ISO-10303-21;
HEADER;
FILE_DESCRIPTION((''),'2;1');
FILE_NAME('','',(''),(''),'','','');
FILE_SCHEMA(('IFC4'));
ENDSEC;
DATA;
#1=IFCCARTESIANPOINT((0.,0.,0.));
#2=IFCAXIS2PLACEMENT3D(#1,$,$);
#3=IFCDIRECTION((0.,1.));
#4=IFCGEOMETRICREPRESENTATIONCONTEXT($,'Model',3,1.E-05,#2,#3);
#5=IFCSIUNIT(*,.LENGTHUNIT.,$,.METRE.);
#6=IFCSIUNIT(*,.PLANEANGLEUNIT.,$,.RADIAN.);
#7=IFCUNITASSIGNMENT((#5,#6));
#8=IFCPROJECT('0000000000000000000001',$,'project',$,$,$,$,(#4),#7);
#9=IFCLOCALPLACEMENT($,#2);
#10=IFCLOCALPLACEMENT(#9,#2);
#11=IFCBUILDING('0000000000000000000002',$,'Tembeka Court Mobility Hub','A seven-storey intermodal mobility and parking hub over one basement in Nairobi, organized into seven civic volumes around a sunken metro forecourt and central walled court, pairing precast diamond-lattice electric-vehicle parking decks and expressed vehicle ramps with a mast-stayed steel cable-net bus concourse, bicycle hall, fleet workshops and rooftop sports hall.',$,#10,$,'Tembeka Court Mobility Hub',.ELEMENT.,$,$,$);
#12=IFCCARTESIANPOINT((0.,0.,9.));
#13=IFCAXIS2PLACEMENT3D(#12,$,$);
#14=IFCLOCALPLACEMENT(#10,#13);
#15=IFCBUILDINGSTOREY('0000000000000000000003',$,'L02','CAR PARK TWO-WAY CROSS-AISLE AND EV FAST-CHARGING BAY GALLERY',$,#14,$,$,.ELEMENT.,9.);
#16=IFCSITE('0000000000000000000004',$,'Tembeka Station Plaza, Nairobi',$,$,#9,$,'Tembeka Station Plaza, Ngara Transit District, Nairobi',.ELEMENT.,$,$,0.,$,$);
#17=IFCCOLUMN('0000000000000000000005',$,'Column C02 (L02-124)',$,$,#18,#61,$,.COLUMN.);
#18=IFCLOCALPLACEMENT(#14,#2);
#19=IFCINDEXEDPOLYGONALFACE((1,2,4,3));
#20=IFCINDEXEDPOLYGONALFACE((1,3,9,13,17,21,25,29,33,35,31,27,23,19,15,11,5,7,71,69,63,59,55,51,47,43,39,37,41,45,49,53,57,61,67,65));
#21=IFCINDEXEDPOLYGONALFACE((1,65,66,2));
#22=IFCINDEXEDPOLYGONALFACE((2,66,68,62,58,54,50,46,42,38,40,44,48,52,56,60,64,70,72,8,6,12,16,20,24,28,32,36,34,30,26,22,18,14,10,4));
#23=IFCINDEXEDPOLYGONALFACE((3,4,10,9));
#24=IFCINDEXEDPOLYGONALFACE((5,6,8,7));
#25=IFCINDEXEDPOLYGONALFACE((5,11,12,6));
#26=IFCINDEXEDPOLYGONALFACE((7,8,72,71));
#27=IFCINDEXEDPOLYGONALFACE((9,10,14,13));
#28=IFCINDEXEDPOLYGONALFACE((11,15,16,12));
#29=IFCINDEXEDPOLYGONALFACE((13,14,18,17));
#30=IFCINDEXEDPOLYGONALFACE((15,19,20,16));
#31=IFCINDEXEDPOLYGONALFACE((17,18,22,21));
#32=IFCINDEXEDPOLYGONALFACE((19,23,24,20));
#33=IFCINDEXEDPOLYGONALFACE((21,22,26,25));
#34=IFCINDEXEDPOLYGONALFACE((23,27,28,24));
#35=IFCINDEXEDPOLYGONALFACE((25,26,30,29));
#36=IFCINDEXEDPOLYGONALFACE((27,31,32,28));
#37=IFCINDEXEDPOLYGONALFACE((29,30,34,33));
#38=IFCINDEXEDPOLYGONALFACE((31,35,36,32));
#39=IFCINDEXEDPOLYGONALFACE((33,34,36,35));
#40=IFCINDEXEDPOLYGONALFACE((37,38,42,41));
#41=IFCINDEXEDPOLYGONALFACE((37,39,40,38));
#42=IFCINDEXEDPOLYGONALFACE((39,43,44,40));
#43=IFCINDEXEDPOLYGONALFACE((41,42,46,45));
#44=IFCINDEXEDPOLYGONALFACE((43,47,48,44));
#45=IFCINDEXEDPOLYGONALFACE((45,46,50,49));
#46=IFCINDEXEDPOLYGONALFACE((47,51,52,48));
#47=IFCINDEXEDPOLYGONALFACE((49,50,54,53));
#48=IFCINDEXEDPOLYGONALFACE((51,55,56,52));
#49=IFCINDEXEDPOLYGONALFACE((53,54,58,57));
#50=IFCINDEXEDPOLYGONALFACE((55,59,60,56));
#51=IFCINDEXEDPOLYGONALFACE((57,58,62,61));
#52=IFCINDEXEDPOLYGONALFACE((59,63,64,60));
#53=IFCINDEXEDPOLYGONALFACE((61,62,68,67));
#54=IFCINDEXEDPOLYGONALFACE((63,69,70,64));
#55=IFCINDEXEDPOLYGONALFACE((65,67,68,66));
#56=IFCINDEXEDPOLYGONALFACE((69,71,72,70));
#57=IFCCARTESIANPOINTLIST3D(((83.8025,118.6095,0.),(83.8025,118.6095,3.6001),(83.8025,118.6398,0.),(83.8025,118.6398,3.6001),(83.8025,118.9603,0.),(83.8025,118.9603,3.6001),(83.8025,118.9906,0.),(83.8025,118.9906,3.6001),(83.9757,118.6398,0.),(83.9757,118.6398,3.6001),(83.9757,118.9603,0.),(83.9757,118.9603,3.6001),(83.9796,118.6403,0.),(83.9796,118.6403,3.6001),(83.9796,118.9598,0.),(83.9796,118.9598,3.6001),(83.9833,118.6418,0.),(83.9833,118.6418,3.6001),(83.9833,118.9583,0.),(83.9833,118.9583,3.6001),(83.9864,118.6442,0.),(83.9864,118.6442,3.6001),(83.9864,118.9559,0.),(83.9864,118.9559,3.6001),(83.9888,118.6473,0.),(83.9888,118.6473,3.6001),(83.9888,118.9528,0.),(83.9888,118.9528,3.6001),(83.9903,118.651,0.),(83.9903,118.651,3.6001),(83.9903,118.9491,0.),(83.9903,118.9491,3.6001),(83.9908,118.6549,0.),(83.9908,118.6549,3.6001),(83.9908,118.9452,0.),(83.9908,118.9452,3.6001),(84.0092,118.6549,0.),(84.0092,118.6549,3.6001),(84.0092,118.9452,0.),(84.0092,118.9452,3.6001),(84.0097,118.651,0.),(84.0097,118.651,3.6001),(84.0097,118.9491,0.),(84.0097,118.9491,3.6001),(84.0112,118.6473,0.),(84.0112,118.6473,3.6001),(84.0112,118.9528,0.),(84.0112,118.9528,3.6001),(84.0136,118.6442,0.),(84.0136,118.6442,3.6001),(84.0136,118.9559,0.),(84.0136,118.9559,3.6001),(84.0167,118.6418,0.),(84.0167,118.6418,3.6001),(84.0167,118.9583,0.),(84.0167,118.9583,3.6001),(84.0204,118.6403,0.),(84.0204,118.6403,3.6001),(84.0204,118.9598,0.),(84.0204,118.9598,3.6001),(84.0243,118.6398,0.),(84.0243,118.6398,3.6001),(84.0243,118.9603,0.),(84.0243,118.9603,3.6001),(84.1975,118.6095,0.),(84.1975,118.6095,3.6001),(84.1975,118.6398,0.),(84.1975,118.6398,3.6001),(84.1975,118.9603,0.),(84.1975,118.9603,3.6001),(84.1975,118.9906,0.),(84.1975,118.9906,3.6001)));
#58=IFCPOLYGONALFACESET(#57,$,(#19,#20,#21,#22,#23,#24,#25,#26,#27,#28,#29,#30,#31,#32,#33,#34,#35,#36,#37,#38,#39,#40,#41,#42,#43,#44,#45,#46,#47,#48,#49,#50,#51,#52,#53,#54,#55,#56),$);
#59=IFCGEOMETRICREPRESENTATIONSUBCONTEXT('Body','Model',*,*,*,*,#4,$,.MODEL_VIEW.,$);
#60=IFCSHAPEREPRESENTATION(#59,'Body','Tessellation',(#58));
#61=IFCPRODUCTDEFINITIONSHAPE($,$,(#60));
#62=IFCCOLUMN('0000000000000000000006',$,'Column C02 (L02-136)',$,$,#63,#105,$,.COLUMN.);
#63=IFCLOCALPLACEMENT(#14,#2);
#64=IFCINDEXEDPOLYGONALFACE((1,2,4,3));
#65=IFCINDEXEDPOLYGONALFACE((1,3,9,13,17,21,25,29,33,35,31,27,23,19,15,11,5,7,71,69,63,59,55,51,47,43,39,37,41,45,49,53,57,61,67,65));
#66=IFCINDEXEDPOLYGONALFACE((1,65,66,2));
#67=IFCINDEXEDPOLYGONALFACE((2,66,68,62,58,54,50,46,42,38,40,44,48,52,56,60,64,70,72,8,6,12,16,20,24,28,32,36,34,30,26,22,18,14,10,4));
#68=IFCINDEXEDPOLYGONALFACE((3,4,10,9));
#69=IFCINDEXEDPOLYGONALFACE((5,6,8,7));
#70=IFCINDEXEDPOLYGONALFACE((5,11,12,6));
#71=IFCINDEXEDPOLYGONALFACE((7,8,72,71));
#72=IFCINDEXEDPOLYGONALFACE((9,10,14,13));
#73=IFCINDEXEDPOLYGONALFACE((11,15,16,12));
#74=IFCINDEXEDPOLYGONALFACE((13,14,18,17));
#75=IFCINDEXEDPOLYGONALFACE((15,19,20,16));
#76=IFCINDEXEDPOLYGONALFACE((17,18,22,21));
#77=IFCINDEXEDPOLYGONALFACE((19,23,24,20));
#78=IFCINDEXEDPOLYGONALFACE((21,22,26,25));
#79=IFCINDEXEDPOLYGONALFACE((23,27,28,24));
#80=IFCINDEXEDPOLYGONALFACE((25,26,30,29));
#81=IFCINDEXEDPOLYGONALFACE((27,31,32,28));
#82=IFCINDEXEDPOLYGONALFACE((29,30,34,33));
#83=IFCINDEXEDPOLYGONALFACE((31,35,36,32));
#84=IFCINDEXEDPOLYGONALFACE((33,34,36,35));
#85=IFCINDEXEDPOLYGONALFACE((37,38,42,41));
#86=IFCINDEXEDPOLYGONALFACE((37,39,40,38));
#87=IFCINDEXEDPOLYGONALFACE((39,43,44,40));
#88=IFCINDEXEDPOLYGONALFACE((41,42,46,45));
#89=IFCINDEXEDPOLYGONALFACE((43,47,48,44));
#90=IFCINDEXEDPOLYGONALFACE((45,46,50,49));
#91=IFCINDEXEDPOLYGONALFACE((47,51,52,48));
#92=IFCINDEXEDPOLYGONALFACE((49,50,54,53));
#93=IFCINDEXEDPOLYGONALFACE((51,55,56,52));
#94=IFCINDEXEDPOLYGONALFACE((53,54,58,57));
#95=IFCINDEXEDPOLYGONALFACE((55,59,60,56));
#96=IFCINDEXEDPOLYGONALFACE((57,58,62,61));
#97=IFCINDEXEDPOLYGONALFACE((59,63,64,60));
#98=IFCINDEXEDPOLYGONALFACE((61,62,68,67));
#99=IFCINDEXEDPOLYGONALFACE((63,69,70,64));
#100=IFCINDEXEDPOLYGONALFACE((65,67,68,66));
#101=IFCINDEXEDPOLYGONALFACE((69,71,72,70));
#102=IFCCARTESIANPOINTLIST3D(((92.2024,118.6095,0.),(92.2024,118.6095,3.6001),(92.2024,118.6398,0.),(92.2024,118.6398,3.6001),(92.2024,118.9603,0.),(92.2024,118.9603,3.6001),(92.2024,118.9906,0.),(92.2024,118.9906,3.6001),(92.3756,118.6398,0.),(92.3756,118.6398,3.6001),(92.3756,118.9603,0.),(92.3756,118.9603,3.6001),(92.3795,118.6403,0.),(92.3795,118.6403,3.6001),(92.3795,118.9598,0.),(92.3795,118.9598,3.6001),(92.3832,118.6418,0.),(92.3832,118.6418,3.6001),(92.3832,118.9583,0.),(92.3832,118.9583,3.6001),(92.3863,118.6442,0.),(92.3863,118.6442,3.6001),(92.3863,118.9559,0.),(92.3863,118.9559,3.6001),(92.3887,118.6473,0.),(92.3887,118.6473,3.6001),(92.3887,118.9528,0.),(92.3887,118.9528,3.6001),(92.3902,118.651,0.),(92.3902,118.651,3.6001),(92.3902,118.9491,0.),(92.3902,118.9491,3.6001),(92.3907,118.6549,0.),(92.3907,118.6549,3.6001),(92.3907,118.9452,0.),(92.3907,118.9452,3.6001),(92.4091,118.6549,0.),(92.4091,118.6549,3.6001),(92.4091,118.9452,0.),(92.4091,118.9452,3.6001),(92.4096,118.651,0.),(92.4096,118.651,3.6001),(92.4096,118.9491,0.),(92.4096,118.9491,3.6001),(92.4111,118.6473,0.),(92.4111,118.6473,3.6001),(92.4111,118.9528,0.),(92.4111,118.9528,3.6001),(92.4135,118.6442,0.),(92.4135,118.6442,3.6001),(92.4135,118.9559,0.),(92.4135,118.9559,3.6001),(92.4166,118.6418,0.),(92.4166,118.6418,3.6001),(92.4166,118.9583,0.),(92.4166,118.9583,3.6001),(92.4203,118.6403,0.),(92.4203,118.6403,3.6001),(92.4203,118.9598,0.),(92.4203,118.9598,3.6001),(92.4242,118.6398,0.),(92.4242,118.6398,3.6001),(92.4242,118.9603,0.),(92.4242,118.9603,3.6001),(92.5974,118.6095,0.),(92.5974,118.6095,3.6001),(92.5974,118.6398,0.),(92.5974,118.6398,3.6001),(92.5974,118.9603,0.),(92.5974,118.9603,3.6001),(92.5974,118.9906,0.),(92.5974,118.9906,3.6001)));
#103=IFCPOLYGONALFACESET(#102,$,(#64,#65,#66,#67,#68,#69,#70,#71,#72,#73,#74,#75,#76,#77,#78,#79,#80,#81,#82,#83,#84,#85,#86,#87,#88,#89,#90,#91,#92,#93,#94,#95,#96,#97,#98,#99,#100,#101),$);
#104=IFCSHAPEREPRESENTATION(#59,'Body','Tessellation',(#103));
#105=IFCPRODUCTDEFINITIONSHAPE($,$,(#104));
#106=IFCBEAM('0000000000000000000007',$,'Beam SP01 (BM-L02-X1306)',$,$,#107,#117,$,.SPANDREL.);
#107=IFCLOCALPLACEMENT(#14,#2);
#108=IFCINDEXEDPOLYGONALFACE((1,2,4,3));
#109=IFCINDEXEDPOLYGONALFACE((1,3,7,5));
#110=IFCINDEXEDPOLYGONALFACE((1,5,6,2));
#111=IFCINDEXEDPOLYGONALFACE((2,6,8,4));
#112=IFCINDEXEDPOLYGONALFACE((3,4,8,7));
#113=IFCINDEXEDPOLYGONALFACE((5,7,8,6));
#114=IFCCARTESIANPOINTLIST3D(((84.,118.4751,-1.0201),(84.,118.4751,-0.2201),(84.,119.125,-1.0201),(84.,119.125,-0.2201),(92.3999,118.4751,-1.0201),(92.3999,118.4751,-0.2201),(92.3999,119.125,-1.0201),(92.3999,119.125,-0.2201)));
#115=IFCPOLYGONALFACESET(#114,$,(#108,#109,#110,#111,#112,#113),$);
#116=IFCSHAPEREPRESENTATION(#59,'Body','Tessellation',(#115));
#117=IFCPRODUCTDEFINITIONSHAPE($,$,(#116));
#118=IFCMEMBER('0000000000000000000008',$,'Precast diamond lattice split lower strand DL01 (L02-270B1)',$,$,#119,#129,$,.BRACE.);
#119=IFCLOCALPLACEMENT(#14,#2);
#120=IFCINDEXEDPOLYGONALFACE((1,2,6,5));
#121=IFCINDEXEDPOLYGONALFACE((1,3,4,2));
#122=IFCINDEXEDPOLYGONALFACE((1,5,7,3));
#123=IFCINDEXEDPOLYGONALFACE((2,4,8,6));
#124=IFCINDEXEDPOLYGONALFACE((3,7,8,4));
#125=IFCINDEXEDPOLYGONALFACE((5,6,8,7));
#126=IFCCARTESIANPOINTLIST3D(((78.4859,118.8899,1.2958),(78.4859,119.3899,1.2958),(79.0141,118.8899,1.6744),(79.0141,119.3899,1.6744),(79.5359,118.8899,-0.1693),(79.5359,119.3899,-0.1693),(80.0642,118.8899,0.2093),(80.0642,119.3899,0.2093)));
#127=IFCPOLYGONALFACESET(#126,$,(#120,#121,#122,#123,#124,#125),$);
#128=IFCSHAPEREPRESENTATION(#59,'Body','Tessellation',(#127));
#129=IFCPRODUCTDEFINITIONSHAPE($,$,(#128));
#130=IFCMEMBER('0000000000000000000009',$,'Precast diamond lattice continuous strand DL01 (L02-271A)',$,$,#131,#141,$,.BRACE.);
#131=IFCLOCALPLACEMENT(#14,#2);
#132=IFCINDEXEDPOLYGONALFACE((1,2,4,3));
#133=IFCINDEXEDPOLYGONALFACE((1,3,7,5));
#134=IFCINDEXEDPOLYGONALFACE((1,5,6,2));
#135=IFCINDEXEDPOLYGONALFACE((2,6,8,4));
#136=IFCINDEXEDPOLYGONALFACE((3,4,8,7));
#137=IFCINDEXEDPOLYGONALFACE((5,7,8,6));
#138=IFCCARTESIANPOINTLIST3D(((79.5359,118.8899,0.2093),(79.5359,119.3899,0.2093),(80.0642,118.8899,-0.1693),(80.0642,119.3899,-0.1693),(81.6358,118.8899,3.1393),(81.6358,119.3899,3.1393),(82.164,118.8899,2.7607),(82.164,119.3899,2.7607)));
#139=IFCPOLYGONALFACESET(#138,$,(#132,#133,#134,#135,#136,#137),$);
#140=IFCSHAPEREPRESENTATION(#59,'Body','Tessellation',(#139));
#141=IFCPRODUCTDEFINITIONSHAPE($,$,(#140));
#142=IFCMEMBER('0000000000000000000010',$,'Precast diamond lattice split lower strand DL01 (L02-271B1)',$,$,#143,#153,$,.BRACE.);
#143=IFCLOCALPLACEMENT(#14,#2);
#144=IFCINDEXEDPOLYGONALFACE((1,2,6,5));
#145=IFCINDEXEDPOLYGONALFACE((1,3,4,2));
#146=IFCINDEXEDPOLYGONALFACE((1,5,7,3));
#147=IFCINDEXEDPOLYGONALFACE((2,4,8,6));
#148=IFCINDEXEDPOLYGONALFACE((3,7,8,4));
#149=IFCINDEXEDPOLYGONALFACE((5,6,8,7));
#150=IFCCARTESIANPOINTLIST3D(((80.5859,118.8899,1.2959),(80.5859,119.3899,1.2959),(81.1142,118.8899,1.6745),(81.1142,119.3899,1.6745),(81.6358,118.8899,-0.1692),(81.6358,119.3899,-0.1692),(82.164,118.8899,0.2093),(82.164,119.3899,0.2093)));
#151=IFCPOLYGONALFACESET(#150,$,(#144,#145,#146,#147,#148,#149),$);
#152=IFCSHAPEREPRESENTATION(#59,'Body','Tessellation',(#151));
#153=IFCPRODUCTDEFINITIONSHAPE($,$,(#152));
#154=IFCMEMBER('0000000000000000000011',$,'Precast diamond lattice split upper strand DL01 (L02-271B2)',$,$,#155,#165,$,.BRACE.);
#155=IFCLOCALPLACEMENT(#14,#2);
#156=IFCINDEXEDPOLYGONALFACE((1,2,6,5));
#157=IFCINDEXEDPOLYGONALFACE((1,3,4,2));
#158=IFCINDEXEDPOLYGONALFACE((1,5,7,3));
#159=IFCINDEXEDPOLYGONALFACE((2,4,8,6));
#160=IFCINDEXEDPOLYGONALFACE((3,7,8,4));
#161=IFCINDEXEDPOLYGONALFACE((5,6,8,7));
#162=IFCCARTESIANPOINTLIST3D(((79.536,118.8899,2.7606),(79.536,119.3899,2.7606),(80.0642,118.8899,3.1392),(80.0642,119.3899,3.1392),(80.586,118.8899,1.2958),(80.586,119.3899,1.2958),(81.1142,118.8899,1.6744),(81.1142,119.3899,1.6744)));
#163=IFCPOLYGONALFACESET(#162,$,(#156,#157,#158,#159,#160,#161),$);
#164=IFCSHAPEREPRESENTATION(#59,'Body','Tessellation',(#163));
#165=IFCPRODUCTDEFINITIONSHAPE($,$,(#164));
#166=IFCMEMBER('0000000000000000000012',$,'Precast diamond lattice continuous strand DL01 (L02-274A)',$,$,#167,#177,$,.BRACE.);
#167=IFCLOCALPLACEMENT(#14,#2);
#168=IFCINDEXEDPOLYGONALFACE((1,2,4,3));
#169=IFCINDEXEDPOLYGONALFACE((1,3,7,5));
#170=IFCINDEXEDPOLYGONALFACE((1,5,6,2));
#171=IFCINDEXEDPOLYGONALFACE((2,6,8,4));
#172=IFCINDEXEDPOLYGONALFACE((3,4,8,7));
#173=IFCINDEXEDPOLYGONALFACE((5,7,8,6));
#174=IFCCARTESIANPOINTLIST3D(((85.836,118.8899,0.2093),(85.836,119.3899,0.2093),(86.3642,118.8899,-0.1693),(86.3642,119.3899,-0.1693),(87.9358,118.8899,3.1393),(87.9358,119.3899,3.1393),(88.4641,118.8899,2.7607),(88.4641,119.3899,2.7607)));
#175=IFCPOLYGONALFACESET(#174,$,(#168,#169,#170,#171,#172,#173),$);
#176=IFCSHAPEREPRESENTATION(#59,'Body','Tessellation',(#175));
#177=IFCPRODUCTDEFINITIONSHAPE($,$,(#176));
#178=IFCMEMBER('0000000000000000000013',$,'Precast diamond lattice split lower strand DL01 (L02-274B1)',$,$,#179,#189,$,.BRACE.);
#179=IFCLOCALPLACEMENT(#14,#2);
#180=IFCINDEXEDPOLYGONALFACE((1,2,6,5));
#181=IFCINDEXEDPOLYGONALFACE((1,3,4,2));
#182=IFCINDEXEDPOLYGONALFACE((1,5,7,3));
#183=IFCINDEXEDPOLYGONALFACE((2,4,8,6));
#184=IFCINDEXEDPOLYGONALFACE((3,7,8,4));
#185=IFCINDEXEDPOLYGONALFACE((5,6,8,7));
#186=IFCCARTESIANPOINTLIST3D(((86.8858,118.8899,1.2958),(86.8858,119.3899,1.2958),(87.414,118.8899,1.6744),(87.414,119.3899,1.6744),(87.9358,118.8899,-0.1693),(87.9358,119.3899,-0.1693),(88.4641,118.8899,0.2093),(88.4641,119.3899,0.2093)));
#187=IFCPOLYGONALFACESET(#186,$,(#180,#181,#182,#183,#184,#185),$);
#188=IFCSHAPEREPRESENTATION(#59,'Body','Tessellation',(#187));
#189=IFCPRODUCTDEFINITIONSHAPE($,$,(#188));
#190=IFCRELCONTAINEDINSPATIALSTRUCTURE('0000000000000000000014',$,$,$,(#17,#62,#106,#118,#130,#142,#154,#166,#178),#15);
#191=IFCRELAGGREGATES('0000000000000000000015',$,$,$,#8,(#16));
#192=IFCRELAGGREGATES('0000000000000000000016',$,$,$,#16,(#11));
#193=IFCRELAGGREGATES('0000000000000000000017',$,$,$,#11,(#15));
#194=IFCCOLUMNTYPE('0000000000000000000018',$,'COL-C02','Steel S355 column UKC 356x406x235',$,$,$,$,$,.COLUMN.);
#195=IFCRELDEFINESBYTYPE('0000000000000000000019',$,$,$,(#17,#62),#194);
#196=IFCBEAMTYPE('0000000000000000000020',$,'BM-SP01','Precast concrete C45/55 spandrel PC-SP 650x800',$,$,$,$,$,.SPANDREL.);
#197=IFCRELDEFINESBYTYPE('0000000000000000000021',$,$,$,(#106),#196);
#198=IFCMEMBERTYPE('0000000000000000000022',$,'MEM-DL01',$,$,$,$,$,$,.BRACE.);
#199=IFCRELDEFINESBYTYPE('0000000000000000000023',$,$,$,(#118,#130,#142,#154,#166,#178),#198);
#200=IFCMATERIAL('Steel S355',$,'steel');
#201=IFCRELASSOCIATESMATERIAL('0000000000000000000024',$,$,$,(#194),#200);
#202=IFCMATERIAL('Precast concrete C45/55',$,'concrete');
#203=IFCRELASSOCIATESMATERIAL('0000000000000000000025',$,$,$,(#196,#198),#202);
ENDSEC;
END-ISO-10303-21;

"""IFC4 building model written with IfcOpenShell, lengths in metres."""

from ifc_helpers import new_model, si_unit, direction, frame, origin, origin_2d, place, context, subcontext, project, spatial, rectangle, i_section, extrude, material, material_profile, profile_set, type_object, element, save


model = new_model("IFC4")

# Units and contexts
model_context = context("Model", 3, precision=1e-05, world=origin(), true_north=direction((0.0, 1.0)))
body_context = subcontext(model_context, "Body", "Model", "MODEL_VIEW")
ifc_project = project(units=[si_unit("LENGTHUNIT", "METRE"), si_unit("PLANEANGLEUNIT", "RADIAN")], contexts=[model_context])

# Site, building, storey
site_placement = place(None, origin())
site = spatial("IfcSite", under=ifc_project, at=site_placement, Name="Tembeka Station Plaza, Nairobi", LongName="Tembeka Station Plaza, Ngara Transit District, Nairobi", CompositionType="ELEMENT", RefElevation=0.0)
building_placement = place(site_placement, origin())
building = spatial("IfcBuilding", under=site, at=building_placement, Name="Tembeka Court Mobility Hub", Description="A seven-storey intermodal mobility and parking hub over one basement in Nairobi, organized into seven civic volumes around a sunken metro forecourt and central walled court, pairing precast diamond-lattice electric-vehicle parking decks and expressed vehicle ramps with a mast-stayed steel cable-net bus concourse, bicycle hall, fleet workshops and rooftop sports hall.", LongName="Tembeka Court Mobility Hub", CompositionType="ELEMENT")
storey_placement = place(building_placement, frame((0.0, 0.0, 9.0)))
storey = spatial("IfcBuildingStorey", under=building, at=storey_placement, Name="L02", Description="CAR PARK TWO-WAY CROSS-AISLE AND EV FAST-CHARGING BAY GALLERY", CompositionType="ELEMENT", Elevation=9.0)

# Columns
ifc_material_1 = material(Name="Steel S355", Category="steel")
ifc_material_profile_1 = material_profile(ifc_material_1, i_section(OverallWidth=0.395, OverallDepth=0.3811, WebThickness=0.0183, FlangeThickness=0.0303, FilletRadius=0.0151, at=origin_2d()), Name="UKC 356x406x235")
ifc_profile_set_1 = profile_set([ifc_material_profile_1], Name="Steel S355")
column_type = type_object("IfcColumnType", Name="COL-C02", Description="Steel S355 column UKC 356x406x235", PredefinedType="COLUMN", material=ifc_profile_set_1)
for number, where, z_axis, x_axis, name in (
    (1, (84.0, 118.8, 0.0), (0.0, 0.0, 1.0), (1.0, 0.0, 0.0), "Column C02 (L02-124)"),
    (2, (92.3999, 118.8, 0.0), (0.0, 0.0, 1.0), (1.0, 0.0, 0.0), "Column C02 (L02-136)"),
):
    element("IfcColumn", number, at=place(storey_placement, frame(where, z_axis=z_axis, x_axis=x_axis)), inside=storey, type_object=column_type, Name=name, PredefinedType="COLUMN", context=body_context, shape_type="SweptSolid", body=[
        extrude(i_section(OverallWidth=0.395, OverallDepth=0.3811, WebThickness=0.0183, FlangeThickness=0.0303, FilletRadius=0.0151, at=origin_2d()), origin(), (0.0, 0.0, 1.0), 3.6001),
    ])

# Beam
ifc_material_2 = material(Name="Precast concrete C45/55", Category="concrete")
ifc_material_profile_2 = material_profile(ifc_material_2, rectangle(XDim=0.6499, YDim=0.8, at=origin_2d()), Name="PC-SP 650x800")
ifc_profile_set_2 = profile_set([ifc_material_profile_2], Name="Precast concrete C45/55")
beam_type = type_object("IfcBeamType", Name="BM-SP01", Description="Precast concrete C45/55 spandrel PC-SP 650x800", PredefinedType="SPANDREL", material=ifc_profile_set_2)
beam_placement = place(storey_placement, frame((84.0, 118.8, -0.6201), z_axis=(1.0, 0.0, 0.0), x_axis=(0.0, 1.0, 0.0)))
element("IfcBeam", 3, at=beam_placement, inside=storey, type_object=beam_type, Name="Beam SP01 (BM-L02-X1306)", PredefinedType="SPANDREL", context=body_context, shape_type="SweptSolid", body=[
    extrude(rectangle(XDim=0.6499, YDim=0.8, at=origin_2d()), origin(), (0.0, 0.0, 1.0), 8.3999),
])

# Members
ifc_material_profile_3 = material_profile(ifc_material_2, rectangle(XDim=0.5, YDim=0.6499, at=origin_2d()), Name="PC-DIAG 500x650")
ifc_profile_set_3 = profile_set([ifc_material_profile_3], Name="Precast concrete C45/55")
member_type_1 = type_object("IfcMemberType", Name="MEM-DL01", PredefinedType="BRACE", material=ifc_profile_set_3)
member_1_placement = place(storey_placement, frame((79.8, 119.1399, 0.02), z_axis=(-0.582544, 0.0, 0.812799), x_axis=(0.0, -1.0, 0.0)))
element("IfcMember", 4, at=member_1_placement, inside=storey, type_object=member_type_1, Name="Precast diamond lattice split lower strand DL01 (L02-270B1)", PredefinedType="BRACE", context=body_context, shape_type="SweptSolid", body=[
    extrude(rectangle(XDim=0.5, YDim=0.6499, at=origin_2d()), origin(), (0.0, 0.0, 1.0), 1.8025),
])
member_2_placement = place(storey_placement, frame((79.8, 119.1399, 0.02), z_axis=(0.582532, 0.0, 0.812808), x_axis=(0.0, 1.0, 0.0)))
element("IfcMember", 5, at=member_2_placement, inside=storey, type_object=member_type_1, Name="Precast diamond lattice continuous strand DL01 (L02-271A)", PredefinedType="BRACE", context=body_context, shape_type="SweptSolid", body=[
    extrude(rectangle(XDim=0.5, YDim=0.6499, at=origin_2d()), origin(), (0.0, 0.0, 1.0), 3.6047),
])
member_3_placement = place(storey_placement, frame((81.8999, 119.1399, 0.02), z_axis=(-0.582455, 0.0, 0.812863), x_axis=(0.0, -1.0, 0.0)))
element("IfcMember", 6, at=member_3_placement, inside=storey, type_object=member_type_1, Name="Precast diamond lattice split lower strand DL01 (L02-271B1)", PredefinedType="BRACE", context=body_context, shape_type="SweptSolid", body=[
    extrude(rectangle(XDim=0.5, YDim=0.6499, at=origin_2d()), origin(), (0.0, 0.0, 1.0), 1.8025),
])
member_4_placement = place(storey_placement, frame((80.8501, 119.1399, 1.4851), z_axis=(-0.582608, 0.0, 0.812753), x_axis=(0.0, -1.0, 0.0)))
element("IfcMember", 7, at=member_4_placement, inside=storey, type_object=member_type_1, Name="Precast diamond lattice split upper strand DL01 (L02-271B2)", PredefinedType="BRACE", context=body_context, shape_type="SweptSolid", body=[
    extrude(rectangle(XDim=0.5, YDim=0.6499, at=origin_2d()), origin(), (0.0, 0.0, 1.0), 1.8022),
])
member_5_placement = place(storey_placement, frame((86.1001, 119.1399, 0.02), z_axis=(0.582532, 0.0, 0.812808), x_axis=(0.0, 1.0, 0.0)))
element("IfcMember", 8, at=member_5_placement, inside=storey, type_object=member_type_1, Name="Precast diamond lattice continuous strand DL01 (L02-274A)", PredefinedType="BRACE", context=body_context, shape_type="SweptSolid", body=[
    extrude(rectangle(XDim=0.5, YDim=0.6499, at=origin_2d()), origin(), (0.0, 0.0, 1.0), 3.6047),
])
member_6_placement = place(storey_placement, frame((88.2, 119.1399, 0.02), z_axis=(-0.582544, 0.0, 0.812799), x_axis=(0.0, -1.0, 0.0)))
element("IfcMember", 9, at=member_6_placement, inside=storey, type_object=member_type_1, Name="Precast diamond lattice split lower strand DL01 (L02-274B1)", PredefinedType="BRACE", context=body_context, shape_type="SweptSolid", body=[
    extrude(rectangle(XDim=0.5, YDim=0.6499, at=origin_2d()), origin(), (0.0, 0.0, 1.0), 1.8025),
])

save(model, "model.ifc")
